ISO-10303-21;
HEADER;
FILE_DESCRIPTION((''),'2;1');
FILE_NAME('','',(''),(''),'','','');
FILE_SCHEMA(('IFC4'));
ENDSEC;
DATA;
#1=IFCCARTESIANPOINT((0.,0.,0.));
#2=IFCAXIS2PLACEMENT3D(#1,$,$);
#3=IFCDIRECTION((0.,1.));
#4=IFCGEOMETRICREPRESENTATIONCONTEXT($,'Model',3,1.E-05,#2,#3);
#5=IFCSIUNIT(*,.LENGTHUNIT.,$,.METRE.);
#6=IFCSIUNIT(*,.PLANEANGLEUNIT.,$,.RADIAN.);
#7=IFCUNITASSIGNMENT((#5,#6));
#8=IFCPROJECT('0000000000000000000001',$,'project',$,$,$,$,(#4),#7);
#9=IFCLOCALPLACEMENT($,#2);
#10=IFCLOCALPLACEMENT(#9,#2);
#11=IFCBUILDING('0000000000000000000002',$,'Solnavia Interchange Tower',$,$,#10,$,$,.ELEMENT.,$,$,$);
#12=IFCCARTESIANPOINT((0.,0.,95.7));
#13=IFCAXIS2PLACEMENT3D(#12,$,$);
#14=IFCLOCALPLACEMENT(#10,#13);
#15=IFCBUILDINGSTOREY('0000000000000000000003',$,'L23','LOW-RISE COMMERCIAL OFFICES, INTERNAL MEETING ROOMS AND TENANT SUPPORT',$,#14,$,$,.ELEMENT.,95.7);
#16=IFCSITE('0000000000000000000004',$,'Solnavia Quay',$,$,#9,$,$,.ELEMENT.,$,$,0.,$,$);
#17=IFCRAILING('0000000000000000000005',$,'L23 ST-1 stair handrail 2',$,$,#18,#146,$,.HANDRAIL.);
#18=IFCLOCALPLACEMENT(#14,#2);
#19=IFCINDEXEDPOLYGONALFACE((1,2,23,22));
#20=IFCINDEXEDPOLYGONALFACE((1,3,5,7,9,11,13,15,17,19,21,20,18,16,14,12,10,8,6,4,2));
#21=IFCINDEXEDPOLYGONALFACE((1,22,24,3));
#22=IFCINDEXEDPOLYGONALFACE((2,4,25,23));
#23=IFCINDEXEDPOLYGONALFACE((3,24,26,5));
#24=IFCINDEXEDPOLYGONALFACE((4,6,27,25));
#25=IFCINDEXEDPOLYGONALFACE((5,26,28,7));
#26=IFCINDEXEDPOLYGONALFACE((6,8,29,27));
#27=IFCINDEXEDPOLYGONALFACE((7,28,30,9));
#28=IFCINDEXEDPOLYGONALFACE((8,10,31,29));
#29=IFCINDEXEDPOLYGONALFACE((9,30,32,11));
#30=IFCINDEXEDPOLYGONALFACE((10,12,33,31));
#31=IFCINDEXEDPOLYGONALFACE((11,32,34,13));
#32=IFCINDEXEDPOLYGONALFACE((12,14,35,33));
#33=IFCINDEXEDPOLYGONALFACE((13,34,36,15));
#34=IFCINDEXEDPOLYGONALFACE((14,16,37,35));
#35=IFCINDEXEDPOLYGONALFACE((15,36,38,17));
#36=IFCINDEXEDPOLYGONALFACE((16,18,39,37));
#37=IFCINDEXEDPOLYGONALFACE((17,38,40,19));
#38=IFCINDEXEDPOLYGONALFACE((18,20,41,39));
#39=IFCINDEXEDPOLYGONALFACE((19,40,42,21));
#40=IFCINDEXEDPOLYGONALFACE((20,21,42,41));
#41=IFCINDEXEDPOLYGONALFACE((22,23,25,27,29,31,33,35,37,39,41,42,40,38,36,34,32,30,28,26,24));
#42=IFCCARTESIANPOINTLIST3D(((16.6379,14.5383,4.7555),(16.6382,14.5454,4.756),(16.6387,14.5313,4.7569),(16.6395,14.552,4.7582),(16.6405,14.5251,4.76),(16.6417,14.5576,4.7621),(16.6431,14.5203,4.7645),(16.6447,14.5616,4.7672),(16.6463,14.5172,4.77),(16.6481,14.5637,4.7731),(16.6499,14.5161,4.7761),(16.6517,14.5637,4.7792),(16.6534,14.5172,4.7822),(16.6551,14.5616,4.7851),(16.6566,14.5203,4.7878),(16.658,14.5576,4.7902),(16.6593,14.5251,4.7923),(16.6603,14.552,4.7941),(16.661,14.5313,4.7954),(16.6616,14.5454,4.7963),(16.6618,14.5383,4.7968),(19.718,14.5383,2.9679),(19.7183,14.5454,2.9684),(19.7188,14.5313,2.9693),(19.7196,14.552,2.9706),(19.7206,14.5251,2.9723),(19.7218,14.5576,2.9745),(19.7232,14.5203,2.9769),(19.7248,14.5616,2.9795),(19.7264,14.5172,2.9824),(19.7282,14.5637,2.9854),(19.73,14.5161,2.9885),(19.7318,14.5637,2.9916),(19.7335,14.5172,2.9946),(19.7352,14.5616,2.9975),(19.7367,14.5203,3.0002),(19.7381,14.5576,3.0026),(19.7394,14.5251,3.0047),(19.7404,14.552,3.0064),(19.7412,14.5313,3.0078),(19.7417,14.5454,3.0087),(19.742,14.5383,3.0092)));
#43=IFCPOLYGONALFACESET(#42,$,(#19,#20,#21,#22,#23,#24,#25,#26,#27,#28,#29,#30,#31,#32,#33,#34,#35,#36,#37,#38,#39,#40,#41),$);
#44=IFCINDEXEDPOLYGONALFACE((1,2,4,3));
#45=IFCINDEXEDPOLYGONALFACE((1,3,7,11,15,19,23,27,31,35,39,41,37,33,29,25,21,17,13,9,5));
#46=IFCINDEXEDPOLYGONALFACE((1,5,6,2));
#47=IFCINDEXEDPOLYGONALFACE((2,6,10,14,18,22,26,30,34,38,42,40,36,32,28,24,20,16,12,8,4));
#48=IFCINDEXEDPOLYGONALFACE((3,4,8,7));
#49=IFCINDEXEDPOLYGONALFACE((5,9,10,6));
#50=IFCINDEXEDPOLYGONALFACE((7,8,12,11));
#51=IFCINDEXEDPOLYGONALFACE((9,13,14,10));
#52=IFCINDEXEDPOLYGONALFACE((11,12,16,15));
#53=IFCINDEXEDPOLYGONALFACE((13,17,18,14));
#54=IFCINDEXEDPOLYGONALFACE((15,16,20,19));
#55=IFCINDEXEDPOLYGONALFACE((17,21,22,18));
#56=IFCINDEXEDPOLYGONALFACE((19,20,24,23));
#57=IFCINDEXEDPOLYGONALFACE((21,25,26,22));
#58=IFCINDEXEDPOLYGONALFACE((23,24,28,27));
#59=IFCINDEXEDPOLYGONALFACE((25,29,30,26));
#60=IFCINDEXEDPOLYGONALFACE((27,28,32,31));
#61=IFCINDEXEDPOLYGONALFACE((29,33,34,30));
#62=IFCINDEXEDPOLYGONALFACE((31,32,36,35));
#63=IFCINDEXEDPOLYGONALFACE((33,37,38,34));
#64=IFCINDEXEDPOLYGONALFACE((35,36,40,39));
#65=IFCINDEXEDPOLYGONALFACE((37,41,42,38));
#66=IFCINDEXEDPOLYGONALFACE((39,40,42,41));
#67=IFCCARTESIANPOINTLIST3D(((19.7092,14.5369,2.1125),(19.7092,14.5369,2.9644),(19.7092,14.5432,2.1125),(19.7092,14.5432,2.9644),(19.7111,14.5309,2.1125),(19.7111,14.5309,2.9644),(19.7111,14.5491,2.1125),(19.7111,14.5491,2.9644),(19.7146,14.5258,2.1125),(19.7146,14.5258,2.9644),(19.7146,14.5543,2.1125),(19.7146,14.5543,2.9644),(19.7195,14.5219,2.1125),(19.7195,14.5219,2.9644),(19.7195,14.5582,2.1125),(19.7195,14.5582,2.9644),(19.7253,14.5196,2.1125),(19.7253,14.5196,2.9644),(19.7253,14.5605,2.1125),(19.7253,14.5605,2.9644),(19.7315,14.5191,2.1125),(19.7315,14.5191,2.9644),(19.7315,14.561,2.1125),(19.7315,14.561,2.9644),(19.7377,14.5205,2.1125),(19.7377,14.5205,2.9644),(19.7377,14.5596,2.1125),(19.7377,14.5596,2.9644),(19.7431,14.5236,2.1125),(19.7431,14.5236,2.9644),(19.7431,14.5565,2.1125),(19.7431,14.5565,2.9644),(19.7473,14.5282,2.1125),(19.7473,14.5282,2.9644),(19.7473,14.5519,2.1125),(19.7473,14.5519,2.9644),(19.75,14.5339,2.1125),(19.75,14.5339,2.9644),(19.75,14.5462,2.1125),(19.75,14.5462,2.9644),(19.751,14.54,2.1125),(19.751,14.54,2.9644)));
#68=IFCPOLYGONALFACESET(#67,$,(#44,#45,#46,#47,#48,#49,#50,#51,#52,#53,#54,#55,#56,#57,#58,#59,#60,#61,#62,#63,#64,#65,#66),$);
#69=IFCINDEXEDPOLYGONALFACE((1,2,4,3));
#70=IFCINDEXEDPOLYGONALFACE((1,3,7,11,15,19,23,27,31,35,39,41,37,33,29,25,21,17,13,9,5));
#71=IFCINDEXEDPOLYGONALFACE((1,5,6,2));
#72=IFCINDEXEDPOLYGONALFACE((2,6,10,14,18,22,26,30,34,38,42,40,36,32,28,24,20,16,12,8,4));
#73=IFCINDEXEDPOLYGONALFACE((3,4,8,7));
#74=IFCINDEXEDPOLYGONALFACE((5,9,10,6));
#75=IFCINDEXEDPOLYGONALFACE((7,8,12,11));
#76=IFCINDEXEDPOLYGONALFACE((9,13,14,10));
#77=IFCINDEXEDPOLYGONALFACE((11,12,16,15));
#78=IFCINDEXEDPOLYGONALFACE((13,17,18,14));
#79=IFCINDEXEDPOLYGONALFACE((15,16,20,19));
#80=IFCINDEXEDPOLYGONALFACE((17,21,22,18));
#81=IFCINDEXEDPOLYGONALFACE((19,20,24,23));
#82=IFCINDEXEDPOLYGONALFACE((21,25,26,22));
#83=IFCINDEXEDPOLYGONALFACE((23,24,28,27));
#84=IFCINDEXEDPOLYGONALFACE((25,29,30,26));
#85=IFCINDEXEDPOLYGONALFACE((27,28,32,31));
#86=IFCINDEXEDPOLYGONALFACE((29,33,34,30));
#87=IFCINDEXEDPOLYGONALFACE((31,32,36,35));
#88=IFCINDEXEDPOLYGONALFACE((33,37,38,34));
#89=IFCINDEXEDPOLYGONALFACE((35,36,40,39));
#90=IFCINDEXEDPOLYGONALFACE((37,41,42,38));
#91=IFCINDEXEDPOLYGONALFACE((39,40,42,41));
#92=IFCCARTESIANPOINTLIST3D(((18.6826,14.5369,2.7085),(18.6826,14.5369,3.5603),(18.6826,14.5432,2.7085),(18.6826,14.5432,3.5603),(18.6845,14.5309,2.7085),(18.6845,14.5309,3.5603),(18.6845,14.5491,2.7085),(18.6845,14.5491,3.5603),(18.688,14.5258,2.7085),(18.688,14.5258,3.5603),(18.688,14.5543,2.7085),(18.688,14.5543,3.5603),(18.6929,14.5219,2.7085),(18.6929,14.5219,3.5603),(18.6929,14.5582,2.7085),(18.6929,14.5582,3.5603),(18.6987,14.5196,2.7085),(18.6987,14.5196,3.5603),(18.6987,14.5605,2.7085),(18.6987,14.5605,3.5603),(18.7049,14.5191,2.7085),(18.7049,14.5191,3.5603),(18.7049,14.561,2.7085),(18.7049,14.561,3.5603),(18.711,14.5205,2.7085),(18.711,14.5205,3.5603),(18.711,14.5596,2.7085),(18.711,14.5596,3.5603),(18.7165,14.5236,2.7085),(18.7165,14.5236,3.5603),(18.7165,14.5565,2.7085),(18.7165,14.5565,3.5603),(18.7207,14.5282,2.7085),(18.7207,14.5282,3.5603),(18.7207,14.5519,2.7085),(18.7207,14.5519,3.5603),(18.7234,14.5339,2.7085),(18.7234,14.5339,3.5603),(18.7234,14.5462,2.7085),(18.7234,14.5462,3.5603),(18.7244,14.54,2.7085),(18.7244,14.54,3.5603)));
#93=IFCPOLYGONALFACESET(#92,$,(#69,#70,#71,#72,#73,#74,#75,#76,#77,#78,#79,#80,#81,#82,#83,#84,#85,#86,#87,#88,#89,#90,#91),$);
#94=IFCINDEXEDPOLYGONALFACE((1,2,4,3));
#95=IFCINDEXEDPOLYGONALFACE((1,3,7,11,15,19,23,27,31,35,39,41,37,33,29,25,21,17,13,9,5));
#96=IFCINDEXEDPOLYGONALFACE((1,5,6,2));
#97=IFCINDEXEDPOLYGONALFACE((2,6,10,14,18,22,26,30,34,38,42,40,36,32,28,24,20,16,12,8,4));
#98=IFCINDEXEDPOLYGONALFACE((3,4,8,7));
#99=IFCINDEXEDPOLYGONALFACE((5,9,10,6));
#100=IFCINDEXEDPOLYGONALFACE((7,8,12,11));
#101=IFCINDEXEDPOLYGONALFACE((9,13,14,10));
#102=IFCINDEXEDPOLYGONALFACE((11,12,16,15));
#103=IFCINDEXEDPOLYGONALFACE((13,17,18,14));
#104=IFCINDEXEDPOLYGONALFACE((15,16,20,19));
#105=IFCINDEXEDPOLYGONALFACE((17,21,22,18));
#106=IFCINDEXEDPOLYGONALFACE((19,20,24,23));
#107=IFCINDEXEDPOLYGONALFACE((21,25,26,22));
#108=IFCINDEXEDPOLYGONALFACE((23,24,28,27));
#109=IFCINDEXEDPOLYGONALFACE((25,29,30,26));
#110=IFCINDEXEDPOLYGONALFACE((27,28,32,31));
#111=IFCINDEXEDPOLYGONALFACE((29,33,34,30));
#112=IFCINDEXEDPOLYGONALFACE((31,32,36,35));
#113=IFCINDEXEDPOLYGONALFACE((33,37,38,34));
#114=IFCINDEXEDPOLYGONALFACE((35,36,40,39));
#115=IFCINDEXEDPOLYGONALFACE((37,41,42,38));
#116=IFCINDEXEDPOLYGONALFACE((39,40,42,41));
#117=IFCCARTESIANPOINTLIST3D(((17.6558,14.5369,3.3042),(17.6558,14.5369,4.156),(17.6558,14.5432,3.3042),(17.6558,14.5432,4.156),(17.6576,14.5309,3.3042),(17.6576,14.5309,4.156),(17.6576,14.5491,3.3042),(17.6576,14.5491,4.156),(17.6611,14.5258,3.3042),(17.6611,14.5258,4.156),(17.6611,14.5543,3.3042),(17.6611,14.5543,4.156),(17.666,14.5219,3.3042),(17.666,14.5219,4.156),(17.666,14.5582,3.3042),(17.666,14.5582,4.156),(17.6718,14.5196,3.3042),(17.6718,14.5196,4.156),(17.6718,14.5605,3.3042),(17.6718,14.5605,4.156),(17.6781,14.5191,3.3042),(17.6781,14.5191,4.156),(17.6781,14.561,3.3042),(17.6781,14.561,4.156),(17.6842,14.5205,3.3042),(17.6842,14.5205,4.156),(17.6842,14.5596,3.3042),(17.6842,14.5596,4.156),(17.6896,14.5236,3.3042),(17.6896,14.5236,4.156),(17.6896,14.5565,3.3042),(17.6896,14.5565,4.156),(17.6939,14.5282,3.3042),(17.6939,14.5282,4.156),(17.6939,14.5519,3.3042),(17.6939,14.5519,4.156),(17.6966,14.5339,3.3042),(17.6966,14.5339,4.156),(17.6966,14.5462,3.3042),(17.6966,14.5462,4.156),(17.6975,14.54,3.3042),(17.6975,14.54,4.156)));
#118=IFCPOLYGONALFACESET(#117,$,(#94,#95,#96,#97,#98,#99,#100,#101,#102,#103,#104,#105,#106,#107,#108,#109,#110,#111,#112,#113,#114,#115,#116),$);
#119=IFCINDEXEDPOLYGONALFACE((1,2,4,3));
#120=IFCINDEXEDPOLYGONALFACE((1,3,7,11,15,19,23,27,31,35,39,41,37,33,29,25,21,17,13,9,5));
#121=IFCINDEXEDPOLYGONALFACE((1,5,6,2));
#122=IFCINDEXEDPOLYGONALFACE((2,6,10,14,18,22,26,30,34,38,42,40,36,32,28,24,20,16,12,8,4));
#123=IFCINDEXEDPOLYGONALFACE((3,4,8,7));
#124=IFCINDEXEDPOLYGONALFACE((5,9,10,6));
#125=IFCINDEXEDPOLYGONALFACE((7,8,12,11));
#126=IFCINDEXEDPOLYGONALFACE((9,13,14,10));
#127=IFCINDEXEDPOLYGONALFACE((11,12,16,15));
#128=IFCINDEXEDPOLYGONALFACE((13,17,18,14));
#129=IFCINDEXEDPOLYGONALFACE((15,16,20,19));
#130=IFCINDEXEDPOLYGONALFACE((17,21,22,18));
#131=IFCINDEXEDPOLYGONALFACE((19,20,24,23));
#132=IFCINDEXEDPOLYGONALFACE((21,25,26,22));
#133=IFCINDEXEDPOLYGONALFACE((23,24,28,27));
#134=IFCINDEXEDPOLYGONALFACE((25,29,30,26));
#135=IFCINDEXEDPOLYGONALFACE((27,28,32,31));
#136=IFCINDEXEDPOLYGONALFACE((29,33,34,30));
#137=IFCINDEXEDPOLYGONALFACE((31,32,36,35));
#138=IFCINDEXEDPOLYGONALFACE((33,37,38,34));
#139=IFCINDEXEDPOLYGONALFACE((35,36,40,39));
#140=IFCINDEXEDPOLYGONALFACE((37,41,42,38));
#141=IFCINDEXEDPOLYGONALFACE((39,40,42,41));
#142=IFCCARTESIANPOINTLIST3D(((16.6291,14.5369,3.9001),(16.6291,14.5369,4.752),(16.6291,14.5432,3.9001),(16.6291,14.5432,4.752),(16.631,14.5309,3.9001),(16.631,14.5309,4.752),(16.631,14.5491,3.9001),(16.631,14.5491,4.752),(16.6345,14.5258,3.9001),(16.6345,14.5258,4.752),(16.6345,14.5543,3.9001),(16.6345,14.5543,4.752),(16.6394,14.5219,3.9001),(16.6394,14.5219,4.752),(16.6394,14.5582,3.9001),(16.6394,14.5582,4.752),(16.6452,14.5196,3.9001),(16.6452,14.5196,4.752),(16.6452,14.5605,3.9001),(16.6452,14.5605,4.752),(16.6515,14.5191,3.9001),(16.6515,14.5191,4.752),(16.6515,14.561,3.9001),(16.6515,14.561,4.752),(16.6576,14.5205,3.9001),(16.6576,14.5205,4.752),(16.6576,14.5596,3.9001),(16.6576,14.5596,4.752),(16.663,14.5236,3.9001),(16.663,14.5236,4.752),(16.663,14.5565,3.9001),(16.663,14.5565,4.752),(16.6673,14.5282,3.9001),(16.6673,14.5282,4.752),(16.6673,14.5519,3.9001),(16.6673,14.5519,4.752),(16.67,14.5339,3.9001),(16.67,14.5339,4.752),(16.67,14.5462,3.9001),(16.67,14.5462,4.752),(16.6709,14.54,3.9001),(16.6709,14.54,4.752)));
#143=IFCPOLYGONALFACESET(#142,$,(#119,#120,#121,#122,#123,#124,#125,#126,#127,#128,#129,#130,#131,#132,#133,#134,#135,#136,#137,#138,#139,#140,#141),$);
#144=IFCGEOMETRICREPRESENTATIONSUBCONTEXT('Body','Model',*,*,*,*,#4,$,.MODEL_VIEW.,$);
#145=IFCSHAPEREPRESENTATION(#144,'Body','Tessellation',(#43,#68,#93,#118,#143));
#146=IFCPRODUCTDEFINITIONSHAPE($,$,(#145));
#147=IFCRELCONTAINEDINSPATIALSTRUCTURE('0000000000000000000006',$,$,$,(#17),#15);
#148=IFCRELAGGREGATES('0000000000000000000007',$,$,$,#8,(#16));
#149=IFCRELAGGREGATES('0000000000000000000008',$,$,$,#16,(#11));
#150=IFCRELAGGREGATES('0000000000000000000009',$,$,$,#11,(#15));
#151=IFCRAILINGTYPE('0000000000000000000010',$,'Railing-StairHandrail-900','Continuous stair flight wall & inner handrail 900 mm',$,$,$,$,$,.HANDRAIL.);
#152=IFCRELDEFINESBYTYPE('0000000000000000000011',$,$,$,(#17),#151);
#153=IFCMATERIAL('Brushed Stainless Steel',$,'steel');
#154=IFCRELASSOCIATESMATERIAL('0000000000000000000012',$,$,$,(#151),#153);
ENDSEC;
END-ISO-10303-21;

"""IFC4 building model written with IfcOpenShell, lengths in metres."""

from ifc_helpers import new_model, si_unit, direction, frame, origin, origin_2d, place, context, subcontext, project, spatial, circle, extrude, material, type_object, element, save


model = new_model("IFC4")

# Units and contexts
model_context = context("Model", 3, precision=1e-05, world=origin(), true_north=direction((0.0, 1.0)))
body_context = subcontext(model_context, "Body", "Model", "MODEL_VIEW")
ifc_project = project(units=[si_unit("LENGTHUNIT", "METRE"), si_unit("PLANEANGLEUNIT", "RADIAN")], contexts=[model_context])

# Site, building, storey
site_placement = place(None, origin())
site = spatial("IfcSite", under=ifc_project, at=site_placement, Name="Solnavia Quay", CompositionType="ELEMENT", RefElevation=0.0)
building_placement = place(site_placement, origin())
building = spatial("IfcBuilding", under=site, at=building_placement, Name="Solnavia Interchange Tower", CompositionType="ELEMENT")
storey_placement = place(building_placement, frame((0.0, 0.0, 95.7)))
storey = spatial("IfcBuildingStorey", under=building, at=storey_placement, Name="L23", Description="LOW-RISE COMMERCIAL OFFICES, INTERNAL MEETING ROOMS AND TENANT SUPPORT", CompositionType="ELEMENT", Elevation=95.7)

# Railing
ifc_material_1 = material(Name="Brushed Stainless Steel", Category="steel")
railing_type_1 = type_object("IfcRailingType", Name="Railing-StairHandrail-900", Description="Continuous stair flight wall & inner handrail 900 mm", PredefinedType="HANDRAIL", material=ifc_material_1)
railing_1_placement = place(storey_placement, frame((19.73, 14.54, 2.1125)))
element("IfcRailing", 1, at=railing_1_placement, inside=storey, type_object=railing_type_1, Name="L23 ST-1 stair handrail 2", PredefinedType="HANDRAIL", context=body_context, shape_type="SweptSolid", body=[
    extrude(circle(Radius=0.0239, at=origin_2d()), frame((0.0, 0.0, 0.876), z_axis=(-0.864891, 0.0, 0.50196), x_axis=(0.0, -1.0, 0.0)), (0.0, 0.0, 1.0), 3.5613),
    extrude(circle(Radius=0.021, at=origin_2d()), origin(), (0.0, 0.0, 1.0), 0.8518),
    extrude(circle(Radius=0.021, at=origin_2d()), frame((-1.0266, 0.0, 0.5959)), (0.0, 0.0, 1.0), 0.8518),
    extrude(circle(Radius=0.021, at=origin_2d()), frame((-2.0535, 0.0, 1.1917)), (0.0, 0.0, 1.0), 0.8518),
    extrude(circle(Radius=0.021, at=origin_2d()), frame((-3.0801, 0.0, 1.7876)), (0.0, 0.0, 1.0), 0.8518),
])

save(model, "model.ifc")
